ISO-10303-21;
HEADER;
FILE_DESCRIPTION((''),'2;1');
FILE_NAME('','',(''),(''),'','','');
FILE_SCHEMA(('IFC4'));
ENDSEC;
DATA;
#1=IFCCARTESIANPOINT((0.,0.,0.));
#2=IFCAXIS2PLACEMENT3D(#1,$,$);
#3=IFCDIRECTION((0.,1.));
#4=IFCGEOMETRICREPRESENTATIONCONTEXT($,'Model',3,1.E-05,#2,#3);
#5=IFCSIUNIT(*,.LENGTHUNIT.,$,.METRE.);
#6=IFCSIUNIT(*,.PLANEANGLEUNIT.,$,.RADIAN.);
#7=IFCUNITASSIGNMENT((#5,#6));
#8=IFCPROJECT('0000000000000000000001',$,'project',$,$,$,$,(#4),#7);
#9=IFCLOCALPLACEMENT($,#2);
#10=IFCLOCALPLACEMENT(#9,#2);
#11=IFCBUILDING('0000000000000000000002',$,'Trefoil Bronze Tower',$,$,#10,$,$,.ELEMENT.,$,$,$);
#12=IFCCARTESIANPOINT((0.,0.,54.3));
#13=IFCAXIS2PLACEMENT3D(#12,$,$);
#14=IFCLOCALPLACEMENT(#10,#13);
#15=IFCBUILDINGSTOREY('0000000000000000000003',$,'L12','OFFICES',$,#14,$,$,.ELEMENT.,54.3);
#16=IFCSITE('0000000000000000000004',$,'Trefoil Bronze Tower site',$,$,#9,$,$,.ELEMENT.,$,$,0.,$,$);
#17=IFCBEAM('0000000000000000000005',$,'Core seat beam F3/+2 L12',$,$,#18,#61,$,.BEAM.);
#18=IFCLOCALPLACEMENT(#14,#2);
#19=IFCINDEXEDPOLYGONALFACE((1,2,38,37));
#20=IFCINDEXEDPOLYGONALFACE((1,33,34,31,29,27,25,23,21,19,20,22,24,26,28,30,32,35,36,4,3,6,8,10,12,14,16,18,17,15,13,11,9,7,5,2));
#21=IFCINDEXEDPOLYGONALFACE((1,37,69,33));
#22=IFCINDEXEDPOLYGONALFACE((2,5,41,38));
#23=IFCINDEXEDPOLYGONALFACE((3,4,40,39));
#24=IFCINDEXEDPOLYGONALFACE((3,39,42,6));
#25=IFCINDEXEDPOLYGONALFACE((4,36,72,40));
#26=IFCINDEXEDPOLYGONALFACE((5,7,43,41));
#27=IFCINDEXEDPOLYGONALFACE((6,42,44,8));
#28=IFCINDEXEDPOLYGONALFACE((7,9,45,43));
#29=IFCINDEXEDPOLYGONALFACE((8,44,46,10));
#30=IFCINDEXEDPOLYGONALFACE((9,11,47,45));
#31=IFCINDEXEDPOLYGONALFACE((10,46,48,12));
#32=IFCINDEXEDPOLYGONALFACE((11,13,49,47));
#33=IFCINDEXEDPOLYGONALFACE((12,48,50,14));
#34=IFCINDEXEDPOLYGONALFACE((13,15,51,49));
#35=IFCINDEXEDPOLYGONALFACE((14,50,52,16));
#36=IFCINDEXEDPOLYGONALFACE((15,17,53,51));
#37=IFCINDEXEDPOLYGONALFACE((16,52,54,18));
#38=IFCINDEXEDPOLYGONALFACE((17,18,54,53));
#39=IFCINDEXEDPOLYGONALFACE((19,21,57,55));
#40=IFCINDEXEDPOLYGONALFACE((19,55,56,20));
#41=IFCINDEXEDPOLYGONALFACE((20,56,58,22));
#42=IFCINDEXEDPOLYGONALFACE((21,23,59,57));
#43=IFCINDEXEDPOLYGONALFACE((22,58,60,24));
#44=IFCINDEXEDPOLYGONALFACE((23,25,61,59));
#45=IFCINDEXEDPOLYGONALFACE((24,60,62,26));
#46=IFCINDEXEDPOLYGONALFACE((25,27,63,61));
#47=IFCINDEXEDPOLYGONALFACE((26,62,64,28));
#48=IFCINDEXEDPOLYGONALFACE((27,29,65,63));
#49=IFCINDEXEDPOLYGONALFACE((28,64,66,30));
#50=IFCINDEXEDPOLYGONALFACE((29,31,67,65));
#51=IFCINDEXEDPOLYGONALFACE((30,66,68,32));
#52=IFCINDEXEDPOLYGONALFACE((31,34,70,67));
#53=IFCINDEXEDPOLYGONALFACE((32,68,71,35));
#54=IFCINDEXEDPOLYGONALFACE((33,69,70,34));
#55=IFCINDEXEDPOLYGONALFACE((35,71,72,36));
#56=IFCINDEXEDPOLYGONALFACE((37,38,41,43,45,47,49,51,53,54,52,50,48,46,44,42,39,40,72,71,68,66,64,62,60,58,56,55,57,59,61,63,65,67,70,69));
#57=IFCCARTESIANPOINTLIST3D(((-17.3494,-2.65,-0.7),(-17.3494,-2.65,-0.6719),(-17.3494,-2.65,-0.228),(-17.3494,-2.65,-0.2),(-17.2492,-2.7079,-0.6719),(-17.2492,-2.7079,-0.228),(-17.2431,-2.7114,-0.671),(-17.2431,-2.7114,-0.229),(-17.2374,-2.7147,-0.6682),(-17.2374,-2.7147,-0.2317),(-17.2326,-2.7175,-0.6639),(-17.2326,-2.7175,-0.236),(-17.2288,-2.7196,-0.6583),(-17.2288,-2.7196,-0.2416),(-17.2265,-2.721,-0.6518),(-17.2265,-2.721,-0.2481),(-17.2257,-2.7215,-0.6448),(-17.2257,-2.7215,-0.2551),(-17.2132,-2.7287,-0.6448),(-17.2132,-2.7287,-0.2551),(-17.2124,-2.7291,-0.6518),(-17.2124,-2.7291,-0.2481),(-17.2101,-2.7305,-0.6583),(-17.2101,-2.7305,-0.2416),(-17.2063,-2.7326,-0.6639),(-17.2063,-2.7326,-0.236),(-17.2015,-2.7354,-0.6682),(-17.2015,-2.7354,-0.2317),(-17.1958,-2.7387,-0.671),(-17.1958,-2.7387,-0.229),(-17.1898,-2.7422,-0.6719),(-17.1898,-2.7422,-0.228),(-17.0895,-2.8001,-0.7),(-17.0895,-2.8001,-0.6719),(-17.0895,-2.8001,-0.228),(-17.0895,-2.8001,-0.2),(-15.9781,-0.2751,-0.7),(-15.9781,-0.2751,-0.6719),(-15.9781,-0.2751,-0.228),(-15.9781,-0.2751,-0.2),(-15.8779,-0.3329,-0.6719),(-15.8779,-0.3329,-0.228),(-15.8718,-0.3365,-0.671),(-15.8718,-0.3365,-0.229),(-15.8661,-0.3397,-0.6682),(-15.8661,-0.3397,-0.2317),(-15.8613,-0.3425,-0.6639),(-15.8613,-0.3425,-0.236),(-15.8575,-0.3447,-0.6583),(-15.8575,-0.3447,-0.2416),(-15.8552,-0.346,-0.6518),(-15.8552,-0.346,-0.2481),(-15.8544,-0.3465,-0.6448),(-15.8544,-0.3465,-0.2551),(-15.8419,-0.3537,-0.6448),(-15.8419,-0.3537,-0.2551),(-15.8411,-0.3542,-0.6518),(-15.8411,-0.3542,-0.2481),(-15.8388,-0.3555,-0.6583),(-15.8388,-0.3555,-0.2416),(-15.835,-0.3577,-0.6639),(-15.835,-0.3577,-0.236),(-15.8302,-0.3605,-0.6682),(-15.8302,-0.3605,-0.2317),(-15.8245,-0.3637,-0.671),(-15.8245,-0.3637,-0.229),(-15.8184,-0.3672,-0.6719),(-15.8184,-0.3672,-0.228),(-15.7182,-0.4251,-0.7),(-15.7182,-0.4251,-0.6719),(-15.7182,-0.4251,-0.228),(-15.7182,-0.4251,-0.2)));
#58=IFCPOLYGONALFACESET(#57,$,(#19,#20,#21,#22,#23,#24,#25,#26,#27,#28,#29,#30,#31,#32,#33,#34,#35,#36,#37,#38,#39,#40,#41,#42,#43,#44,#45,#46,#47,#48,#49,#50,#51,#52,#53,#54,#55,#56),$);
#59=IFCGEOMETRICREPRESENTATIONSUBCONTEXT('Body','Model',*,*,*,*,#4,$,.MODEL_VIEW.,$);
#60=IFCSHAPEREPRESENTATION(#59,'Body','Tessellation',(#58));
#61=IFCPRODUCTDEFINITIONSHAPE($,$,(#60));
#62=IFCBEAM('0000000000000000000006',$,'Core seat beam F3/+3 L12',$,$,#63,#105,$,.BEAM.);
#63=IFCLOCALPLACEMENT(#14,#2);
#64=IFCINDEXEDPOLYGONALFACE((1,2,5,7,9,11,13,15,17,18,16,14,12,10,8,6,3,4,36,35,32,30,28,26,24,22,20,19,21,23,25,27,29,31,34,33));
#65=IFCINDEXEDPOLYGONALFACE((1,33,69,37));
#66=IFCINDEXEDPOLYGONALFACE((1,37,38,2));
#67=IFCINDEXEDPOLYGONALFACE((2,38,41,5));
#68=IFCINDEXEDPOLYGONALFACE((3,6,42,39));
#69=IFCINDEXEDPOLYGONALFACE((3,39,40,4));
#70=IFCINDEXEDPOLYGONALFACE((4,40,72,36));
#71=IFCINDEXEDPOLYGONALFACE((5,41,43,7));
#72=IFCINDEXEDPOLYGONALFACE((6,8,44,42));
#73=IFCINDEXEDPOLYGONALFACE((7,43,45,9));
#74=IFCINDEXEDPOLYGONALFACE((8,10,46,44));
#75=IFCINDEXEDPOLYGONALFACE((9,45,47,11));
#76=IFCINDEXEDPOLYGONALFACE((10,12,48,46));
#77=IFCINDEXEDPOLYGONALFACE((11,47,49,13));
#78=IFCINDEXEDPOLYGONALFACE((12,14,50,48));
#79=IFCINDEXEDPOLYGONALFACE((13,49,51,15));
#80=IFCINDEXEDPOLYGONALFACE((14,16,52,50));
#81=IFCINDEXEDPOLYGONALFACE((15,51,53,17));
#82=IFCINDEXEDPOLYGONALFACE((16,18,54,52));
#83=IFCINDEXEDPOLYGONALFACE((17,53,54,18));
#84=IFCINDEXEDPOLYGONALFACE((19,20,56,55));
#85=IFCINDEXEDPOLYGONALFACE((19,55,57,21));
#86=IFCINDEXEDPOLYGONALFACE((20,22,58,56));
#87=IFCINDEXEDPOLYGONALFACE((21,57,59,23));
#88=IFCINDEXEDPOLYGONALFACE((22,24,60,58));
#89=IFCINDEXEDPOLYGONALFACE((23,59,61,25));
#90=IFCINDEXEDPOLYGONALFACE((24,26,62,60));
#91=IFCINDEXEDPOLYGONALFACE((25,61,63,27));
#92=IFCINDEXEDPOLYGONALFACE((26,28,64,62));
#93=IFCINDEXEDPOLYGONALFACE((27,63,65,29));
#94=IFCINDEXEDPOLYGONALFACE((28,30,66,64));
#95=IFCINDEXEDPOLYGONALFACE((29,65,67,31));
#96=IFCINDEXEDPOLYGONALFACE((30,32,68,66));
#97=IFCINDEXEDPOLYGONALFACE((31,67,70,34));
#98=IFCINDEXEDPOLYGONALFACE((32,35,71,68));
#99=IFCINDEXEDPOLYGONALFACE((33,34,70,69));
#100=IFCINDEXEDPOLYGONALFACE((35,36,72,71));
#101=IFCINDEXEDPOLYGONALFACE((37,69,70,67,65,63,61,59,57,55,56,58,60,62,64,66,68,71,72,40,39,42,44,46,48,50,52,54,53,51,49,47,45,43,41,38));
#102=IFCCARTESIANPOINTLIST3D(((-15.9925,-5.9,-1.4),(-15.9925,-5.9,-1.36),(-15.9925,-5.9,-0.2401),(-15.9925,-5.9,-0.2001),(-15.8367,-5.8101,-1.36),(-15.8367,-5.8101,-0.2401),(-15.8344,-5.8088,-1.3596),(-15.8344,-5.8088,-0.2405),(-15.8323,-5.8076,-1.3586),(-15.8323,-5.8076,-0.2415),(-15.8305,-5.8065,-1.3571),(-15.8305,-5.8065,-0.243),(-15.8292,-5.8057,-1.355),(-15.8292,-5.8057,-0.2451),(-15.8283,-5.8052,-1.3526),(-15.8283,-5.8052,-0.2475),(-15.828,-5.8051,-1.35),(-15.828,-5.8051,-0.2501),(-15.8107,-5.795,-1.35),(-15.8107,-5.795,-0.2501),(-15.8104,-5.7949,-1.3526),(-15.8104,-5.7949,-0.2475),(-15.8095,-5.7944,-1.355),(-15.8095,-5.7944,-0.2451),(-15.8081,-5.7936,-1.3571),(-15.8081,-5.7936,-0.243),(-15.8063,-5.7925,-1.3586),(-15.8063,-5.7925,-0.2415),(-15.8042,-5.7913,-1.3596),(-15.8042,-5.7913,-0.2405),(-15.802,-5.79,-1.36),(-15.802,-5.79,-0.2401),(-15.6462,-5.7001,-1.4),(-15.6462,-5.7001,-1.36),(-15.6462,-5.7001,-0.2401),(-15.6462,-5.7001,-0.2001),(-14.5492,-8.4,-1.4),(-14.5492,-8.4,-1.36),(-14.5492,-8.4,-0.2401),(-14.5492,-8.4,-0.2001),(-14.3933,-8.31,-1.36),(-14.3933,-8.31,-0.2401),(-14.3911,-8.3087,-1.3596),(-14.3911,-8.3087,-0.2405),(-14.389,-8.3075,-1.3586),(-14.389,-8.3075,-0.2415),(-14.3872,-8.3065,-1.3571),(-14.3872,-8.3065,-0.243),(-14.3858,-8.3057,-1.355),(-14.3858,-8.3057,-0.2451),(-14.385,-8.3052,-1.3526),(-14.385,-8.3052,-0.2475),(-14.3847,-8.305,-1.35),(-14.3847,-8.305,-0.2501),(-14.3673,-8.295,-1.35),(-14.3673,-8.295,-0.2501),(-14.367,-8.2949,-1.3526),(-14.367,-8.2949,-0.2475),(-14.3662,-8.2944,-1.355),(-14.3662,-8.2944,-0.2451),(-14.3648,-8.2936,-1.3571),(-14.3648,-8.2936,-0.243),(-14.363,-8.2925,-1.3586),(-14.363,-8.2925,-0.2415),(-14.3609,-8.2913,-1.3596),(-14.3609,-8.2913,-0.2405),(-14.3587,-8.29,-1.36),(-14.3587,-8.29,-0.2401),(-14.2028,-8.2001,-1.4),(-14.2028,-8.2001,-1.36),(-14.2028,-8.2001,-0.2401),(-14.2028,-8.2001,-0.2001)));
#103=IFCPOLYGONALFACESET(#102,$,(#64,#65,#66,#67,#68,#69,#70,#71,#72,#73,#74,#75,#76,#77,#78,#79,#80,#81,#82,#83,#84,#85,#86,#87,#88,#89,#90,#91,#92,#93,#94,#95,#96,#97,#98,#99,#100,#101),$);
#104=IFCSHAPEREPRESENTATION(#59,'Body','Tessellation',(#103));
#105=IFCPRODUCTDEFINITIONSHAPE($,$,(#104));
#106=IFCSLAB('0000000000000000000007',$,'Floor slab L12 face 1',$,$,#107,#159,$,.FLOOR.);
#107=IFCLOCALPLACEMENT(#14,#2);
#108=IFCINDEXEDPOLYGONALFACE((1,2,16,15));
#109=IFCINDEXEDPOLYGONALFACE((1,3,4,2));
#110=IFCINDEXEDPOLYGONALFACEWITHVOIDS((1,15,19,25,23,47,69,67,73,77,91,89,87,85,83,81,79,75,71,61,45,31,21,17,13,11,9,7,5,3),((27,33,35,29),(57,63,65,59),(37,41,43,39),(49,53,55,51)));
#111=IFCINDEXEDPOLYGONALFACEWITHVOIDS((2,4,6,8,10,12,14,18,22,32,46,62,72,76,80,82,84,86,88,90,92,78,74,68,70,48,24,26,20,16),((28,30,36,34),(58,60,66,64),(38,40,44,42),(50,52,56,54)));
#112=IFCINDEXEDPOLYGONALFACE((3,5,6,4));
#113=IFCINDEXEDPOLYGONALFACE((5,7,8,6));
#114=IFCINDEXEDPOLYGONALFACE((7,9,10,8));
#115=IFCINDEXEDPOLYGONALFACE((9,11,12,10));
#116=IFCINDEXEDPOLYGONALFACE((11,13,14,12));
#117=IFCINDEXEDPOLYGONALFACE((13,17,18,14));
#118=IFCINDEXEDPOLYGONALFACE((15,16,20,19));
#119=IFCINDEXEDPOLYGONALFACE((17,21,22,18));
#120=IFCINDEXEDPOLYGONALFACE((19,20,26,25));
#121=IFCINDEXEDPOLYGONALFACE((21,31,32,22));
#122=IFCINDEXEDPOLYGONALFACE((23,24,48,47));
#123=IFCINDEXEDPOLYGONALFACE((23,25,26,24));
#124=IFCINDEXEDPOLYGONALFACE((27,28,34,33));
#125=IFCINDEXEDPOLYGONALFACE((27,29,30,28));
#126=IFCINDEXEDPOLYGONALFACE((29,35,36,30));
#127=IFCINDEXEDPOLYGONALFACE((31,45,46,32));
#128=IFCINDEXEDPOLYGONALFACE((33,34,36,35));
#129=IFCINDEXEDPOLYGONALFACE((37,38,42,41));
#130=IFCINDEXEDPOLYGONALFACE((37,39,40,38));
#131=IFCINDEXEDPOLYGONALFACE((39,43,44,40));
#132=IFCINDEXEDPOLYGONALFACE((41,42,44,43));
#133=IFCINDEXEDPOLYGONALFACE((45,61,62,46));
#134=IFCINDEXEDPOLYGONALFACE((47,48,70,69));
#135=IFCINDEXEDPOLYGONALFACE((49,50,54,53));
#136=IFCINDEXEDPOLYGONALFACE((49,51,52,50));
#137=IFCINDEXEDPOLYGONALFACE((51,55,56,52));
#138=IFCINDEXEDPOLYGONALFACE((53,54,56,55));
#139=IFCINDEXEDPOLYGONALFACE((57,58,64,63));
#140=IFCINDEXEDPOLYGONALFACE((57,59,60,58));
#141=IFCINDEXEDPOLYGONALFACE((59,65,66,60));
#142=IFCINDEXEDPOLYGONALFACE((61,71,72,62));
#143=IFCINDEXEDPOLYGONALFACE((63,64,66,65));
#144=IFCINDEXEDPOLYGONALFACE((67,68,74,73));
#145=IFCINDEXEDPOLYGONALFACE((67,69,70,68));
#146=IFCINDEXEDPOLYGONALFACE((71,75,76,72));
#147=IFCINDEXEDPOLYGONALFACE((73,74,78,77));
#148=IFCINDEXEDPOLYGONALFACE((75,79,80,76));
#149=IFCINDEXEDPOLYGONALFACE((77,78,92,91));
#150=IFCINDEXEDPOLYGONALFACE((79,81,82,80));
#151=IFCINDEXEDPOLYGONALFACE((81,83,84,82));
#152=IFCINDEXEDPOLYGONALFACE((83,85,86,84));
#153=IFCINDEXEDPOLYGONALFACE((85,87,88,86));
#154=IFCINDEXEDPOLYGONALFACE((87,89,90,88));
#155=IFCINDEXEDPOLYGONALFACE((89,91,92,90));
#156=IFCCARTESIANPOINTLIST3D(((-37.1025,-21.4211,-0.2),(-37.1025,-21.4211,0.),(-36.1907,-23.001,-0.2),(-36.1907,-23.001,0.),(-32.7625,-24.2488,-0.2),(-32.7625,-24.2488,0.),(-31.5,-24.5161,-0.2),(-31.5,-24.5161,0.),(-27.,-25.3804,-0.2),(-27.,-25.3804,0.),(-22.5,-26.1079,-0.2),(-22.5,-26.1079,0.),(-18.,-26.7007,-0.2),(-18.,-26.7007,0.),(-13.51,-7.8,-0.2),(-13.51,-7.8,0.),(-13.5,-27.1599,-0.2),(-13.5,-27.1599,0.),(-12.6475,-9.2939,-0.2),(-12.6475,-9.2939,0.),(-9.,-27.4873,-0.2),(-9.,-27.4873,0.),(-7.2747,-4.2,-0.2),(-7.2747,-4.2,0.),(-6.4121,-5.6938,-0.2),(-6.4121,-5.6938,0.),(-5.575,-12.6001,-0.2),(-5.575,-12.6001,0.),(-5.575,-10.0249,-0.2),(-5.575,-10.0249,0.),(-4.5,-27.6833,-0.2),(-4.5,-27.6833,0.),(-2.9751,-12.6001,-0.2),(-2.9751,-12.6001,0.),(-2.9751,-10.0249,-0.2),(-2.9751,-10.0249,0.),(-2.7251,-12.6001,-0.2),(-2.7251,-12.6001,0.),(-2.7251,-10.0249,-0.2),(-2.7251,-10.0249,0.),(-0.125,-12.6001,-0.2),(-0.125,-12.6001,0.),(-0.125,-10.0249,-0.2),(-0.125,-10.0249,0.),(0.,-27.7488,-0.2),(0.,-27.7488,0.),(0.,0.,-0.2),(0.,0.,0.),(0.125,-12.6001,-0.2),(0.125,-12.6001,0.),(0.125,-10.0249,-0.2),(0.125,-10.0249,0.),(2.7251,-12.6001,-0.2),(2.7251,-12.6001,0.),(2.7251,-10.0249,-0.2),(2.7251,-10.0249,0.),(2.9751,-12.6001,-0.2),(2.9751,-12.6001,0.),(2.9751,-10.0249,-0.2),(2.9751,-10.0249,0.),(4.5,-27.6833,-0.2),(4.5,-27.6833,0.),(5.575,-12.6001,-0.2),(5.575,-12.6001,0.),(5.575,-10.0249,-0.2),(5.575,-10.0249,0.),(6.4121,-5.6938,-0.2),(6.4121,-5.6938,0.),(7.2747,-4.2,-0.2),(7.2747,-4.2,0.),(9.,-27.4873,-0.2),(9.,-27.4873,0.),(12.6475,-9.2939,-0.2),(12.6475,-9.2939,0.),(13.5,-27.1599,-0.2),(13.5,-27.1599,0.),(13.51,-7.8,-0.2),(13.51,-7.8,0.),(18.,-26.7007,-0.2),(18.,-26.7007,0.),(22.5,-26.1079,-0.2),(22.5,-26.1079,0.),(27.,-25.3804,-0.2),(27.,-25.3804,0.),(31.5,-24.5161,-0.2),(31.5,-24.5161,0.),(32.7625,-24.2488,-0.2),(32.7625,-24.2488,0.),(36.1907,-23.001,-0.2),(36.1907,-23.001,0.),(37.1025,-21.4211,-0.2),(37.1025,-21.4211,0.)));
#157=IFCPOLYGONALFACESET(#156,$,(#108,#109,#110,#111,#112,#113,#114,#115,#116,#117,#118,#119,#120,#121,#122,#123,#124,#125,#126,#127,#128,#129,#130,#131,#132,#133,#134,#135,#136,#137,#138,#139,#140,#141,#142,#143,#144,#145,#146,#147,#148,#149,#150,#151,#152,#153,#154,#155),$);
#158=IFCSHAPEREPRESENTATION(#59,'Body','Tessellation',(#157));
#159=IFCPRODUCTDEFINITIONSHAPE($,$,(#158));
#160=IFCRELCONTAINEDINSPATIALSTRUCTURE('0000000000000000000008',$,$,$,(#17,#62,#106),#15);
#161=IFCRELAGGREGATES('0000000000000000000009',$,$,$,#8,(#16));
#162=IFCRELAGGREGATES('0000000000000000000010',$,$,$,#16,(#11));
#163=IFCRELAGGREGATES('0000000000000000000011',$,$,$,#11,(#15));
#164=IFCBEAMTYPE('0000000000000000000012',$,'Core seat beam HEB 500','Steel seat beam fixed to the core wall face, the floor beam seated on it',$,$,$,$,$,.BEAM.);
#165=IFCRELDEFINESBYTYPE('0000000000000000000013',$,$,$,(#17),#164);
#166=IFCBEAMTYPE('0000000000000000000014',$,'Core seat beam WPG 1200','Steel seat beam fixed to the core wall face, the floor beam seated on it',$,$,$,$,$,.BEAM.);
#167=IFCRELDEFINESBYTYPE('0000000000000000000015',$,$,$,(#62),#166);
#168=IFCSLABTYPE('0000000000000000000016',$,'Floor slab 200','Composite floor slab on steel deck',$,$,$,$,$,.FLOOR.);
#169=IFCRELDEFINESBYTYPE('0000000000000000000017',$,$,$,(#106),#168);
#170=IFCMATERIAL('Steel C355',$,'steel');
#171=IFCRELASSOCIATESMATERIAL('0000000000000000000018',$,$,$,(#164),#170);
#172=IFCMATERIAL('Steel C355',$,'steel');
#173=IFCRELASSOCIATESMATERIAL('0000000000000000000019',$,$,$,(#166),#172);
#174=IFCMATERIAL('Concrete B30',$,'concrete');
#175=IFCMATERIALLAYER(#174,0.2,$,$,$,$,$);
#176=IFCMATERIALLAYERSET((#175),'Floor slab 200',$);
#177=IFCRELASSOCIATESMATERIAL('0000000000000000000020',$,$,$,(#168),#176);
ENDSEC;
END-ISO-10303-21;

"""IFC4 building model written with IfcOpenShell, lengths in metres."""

from ifc_helpers import new_model, si_unit, direction, frame, origin, origin_2d, place, context, subcontext, project, spatial, polyline, i_section, outline, extrude, material, layer, layer_set, material_profile, profile_set, type_object, element, save


model = new_model("IFC4")

# Units and contexts
model_context = context("Model", 3, precision=1e-05, world=origin(), true_north=direction((0.0, 1.0)))
body_context = subcontext(model_context, "Body", "Model", "MODEL_VIEW")
ifc_project = project(units=[si_unit("LENGTHUNIT", "METRE"), si_unit("PLANEANGLEUNIT", "RADIAN")], contexts=[model_context])

# Site, building, storey
site_placement = place(None, origin())
site = spatial("IfcSite", under=ifc_project, at=site_placement, Name="Trefoil Bronze Tower site", CompositionType="ELEMENT", RefElevation=0.0)
building_placement = place(site_placement, origin())
building = spatial("IfcBuilding", under=site, at=building_placement, Name="Trefoil Bronze Tower", CompositionType="ELEMENT")
storey_placement = place(building_placement, frame((0.0, 0.0, 54.3)))
storey = spatial("IfcBuildingStorey", under=building, at=storey_placement, Name="L12", Description="OFFICES", CompositionType="ELEMENT", Elevation=54.3)

# Beams
ifc_material_1 = material(Name="Steel C355", Category="steel")
ifc_material_profile_1 = material_profile(ifc_material_1, i_section(OverallWidth=0.3, OverallDepth=0.5, WebThickness=0.0144, FlangeThickness=0.0281, FilletRadius=0.0271, at=origin_2d()), Name="HEB 500")
ifc_profile_set_1 = profile_set([ifc_material_profile_1], Name="Steel C355")
beam_type_1 = type_object("IfcBeamType", Name="Core seat beam HEB 500", Description="Steel seat beam fixed to the core wall face, the floor beam seated on it", PredefinedType="BEAM", material=ifc_profile_set_1)
beam_1_placement = place(storey_placement, frame((-15.8481, -0.3501, -0.45), z_axis=(-0.500036, -0.866005, 0.0), x_axis=(0.866005, -0.500036, 0.0)))
element("IfcBeam", 1, at=beam_1_placement, inside=storey, type_object=beam_type_1, Name="Core seat beam F3/+2 L12", PredefinedType="BEAM", context=body_context, shape_type="SweptSolid", body=[
    extrude(i_section(OverallWidth=0.3, OverallDepth=0.5, WebThickness=0.0144, FlangeThickness=0.0281, FilletRadius=0.0271, at=origin_2d()), origin(), (0.0, 0.0, 1.0), 2.7424),
])
ifc_material_2 = material(Name="Steel C355", Category="steel")
ifc_material_profile_2 = material_profile(ifc_material_2, i_section(OverallWidth=0.3999, OverallDepth=1.2, WebThickness=0.02, FlangeThickness=0.04, FilletRadius=0.01, at=origin_2d()), Name="WPG 1200")
ifc_profile_set_2 = profile_set([ifc_material_profile_2], Name="Steel C355")
beam_type_2 = type_object("IfcBeamType", Name="Core seat beam WPG 1200", Description="Steel seat beam fixed to the core wall face, the floor beam seated on it", PredefinedType="BEAM", material=ifc_profile_set_2)
beam_2_placement = place(storey_placement, frame((-15.8193, -5.8, -0.8), z_axis=(0.499996, -0.866028, 0.0), x_axis=(0.866028, 0.499996, 0.0)))
element("IfcBeam", 2, at=beam_2_placement, inside=storey, type_object=beam_type_2, Name="Core seat beam F3/+3 L12", PredefinedType="BEAM", context=body_context, shape_type="SweptSolid", body=[
    extrude(i_section(OverallWidth=0.3999, OverallDepth=1.2, WebThickness=0.02, FlangeThickness=0.04, FilletRadius=0.01, at=origin_2d()), origin(), (0.0, 0.0, 1.0), 2.8867),
])

# Slab
ifc_material_3 = material(Name="Concrete B30", Category="concrete")
ifc_layer_1 = layer(ifc_material_3, 0.2)
ifc_layer_set_1 = layer_set([ifc_layer_1], Name="Floor slab 200")
slab_type = type_object("IfcSlabType", Name="Floor slab 200", Description="Composite floor slab on steel deck", PredefinedType="FLOOR", material=ifc_layer_set_1)
slab_1_placement = place(storey_placement, frame((0.0, 0.0, -0.2)))
element("IfcSlab", 3, at=slab_1_placement, inside=storey, type_object=slab_type, Name="Floor slab L12 face 1", PredefinedType="FLOOR", context=body_context, shape_type="SweptSolid", body=[
    extrude(outline(polyline([(27.0, -25.3804), (22.5, -26.1079), (18.0, -26.7007), (13.5, -27.1599), (9.0, -27.4873), (4.5, -27.6833), (0.0, -27.7488), (-4.5, -27.6833), (-9.0, -27.4873), (-13.5, -27.1599), (-18.0, -26.7007), (-22.5, -26.1079), (-27.0, -25.3804), (-31.5, -24.5161), (-32.7625, -24.2488), (-36.1907, -23.001), (-37.1025, -21.4211), (-13.51, -7.8), (-12.6475, -9.2939), (-6.4121, -5.6938), (-7.2747, -4.2), (0.0, 0.0), (7.2747, -4.2), (6.4121, -5.6938), (12.6475, -9.2939), (13.51, -7.8), (37.1025, -21.4211), (36.1907, -23.001), (32.7625, -24.2488), (31.5, -24.5161), (27.0, -25.3804)]), holes=[polyline([(-5.575, -10.0249), (-2.9751, -10.0249), (-2.9751, -12.6001), (-5.575, -12.6001), (-5.575, -10.0249)]), polyline([(-2.7251, -10.0249), (-0.125, -10.0249), (-0.125, -12.6001), (-2.7251, -12.6001), (-2.7251, -10.0249)]), polyline([(0.125, -10.0249), (2.7251, -10.0249), (2.7251, -12.6001), (0.125, -12.6001), (0.125, -10.0249)]), polyline([(2.9751, -10.0249), (5.575, -10.0249), (5.575, -12.6001), (2.9751, -12.6001), (2.9751, -10.0249)])]), origin(), (0.0, 0.0, 1.0), 0.2),
])

save(model, "model.ifc")
